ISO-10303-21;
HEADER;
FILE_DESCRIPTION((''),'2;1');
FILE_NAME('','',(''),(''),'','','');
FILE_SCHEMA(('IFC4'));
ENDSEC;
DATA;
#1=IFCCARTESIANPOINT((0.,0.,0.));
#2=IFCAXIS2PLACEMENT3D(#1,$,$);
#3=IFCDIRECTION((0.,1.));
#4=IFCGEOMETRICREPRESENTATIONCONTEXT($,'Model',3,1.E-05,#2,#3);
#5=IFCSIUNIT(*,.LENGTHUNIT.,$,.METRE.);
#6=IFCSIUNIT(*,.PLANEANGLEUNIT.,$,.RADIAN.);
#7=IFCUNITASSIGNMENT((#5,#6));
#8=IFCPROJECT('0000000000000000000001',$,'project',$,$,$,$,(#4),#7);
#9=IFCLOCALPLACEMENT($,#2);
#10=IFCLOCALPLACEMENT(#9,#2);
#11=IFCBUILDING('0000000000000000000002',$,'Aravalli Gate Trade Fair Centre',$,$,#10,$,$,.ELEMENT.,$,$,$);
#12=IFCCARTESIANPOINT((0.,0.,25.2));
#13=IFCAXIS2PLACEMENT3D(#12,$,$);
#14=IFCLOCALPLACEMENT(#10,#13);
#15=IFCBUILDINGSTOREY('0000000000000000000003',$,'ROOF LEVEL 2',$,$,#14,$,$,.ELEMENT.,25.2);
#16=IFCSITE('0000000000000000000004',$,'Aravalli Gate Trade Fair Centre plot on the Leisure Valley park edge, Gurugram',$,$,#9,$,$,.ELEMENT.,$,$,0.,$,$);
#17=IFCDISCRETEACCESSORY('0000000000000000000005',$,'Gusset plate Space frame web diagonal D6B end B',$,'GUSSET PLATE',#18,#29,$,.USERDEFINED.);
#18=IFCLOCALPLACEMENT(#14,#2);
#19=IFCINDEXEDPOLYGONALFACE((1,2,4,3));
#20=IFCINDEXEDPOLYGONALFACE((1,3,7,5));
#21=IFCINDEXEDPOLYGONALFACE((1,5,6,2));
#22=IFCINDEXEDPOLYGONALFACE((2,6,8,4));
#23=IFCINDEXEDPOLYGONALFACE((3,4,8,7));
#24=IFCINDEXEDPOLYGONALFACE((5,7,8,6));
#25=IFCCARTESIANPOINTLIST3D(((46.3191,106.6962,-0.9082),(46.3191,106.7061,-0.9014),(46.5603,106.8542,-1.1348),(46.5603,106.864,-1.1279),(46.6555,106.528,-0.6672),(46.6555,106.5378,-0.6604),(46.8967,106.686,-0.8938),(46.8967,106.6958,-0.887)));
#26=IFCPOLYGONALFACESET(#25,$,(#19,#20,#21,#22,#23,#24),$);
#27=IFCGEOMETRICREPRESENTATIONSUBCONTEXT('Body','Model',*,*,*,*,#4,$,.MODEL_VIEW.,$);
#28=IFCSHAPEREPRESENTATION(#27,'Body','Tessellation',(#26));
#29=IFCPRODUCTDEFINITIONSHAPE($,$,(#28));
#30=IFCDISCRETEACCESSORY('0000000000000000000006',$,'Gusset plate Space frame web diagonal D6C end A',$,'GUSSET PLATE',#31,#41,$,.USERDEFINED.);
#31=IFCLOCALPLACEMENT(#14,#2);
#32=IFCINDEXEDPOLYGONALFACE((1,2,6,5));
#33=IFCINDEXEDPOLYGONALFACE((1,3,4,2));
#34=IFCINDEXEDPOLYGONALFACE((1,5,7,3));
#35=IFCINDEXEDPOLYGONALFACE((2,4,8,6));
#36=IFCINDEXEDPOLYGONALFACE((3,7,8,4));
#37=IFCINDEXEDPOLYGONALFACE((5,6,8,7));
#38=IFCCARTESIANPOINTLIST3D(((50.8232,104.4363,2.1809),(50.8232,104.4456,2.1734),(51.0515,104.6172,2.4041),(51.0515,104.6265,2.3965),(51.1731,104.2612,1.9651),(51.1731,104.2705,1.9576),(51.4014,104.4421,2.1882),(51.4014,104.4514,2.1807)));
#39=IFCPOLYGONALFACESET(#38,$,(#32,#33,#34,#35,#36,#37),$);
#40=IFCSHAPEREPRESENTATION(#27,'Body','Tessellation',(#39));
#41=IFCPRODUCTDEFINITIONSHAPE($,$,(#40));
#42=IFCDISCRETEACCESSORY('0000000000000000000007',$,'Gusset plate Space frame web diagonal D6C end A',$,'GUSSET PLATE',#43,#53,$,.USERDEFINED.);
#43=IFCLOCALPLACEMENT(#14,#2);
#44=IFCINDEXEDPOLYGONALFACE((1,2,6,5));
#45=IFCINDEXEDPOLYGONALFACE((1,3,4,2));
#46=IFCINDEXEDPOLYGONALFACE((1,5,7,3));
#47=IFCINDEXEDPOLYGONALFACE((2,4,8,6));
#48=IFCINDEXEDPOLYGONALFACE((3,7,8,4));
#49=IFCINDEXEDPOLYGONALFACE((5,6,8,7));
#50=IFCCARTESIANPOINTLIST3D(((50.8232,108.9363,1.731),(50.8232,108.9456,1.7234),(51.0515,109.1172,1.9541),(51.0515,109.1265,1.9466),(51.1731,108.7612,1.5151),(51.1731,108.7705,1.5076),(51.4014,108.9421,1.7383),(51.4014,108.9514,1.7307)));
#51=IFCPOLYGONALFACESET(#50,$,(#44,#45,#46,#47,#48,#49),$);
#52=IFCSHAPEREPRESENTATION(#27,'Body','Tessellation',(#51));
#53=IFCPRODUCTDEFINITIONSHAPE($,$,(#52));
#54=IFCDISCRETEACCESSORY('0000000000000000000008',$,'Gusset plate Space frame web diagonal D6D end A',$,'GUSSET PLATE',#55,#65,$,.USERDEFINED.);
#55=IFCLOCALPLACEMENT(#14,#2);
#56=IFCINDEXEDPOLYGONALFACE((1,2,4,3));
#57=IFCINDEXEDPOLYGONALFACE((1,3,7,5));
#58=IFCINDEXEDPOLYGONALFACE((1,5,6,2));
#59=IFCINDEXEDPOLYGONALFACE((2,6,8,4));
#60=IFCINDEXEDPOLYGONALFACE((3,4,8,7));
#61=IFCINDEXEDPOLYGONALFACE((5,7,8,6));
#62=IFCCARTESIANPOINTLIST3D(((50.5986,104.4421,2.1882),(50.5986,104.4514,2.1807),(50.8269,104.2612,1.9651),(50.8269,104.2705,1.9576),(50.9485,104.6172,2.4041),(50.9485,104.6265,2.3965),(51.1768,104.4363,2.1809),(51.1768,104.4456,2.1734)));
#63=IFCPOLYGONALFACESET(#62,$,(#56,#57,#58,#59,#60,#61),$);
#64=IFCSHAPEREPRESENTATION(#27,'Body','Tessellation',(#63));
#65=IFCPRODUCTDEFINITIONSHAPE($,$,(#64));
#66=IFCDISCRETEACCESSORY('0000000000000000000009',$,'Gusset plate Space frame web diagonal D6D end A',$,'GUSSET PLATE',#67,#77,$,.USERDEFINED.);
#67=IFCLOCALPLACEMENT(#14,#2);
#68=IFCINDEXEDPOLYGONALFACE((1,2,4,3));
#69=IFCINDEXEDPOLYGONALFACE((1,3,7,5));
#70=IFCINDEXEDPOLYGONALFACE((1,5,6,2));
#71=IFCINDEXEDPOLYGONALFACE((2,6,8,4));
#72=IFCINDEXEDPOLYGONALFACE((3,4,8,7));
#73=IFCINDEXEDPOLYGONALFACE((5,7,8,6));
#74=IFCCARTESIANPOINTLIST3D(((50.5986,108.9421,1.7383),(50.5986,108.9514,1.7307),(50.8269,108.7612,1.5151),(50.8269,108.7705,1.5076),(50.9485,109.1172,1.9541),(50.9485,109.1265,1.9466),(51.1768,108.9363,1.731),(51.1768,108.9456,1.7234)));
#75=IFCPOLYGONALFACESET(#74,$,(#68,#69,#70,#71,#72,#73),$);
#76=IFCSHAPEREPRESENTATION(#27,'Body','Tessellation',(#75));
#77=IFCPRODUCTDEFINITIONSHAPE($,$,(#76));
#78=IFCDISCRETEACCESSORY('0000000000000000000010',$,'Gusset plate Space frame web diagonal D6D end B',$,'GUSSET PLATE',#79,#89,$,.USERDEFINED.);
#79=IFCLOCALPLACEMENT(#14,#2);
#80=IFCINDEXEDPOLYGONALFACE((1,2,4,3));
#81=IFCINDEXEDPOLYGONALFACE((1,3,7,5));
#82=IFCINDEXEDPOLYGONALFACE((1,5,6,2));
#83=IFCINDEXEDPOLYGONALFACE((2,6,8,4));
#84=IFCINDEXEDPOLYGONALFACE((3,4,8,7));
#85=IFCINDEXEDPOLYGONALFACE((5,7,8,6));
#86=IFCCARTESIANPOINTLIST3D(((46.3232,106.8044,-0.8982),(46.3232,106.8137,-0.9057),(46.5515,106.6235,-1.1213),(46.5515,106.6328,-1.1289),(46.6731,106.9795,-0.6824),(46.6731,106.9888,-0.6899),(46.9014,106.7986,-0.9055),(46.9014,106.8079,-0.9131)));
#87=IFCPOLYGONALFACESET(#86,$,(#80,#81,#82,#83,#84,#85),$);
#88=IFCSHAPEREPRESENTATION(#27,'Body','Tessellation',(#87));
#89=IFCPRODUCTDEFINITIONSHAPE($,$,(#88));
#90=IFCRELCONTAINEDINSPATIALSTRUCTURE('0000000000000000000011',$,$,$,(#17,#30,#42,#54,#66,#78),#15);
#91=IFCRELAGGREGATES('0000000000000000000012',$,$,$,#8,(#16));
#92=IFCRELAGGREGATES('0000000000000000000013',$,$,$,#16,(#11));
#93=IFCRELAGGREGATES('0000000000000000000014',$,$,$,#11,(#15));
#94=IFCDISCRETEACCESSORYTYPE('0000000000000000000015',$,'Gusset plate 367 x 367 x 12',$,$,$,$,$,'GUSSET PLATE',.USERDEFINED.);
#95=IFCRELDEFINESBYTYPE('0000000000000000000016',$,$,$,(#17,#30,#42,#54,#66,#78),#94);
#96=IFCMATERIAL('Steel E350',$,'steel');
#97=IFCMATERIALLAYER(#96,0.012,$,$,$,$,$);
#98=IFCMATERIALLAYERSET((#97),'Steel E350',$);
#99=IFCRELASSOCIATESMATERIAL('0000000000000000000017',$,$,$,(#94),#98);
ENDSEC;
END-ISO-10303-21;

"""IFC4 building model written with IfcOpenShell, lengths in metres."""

from ifc_helpers import new_model, si_unit, direction, frame, origin, place, context, subcontext, project, spatial, polyline, outline, extrude, material, layer, layer_set, type_object, element, save


model = new_model("IFC4")

# Units and contexts
model_context = context("Model", 3, precision=1e-05, world=origin(), true_north=direction((0.0, 1.0)))
body_context = subcontext(model_context, "Body", "Model", "MODEL_VIEW")
ifc_project = project(units=[si_unit("LENGTHUNIT", "METRE"), si_unit("PLANEANGLEUNIT", "RADIAN")], contexts=[model_context])

# Site, building, storey
site_placement = place(None, origin())
site = spatial("IfcSite", under=ifc_project, at=site_placement, Name="Aravalli Gate Trade Fair Centre plot on the Leisure Valley park edge, Gurugram", CompositionType="ELEMENT", RefElevation=0.0)
building_placement = place(site_placement, origin())
building = spatial("IfcBuilding", under=site, at=building_placement, Name="Aravalli Gate Trade Fair Centre", CompositionType="ELEMENT")
storey_placement = place(building_placement, frame((0.0, 0.0, 25.2)))
storey = spatial("IfcBuildingStorey", under=building, at=storey_placement, Name="ROOF LEVEL 2", CompositionType="ELEMENT", Elevation=25.2)

# Shared definitions
ifc_material_1 = material(Name="Steel E350", Category="steel")

# Discrete accessories
ifc_layer_1 = layer(ifc_material_1, 0.012)
ifc_layer_set_1 = layer_set([ifc_layer_1], Name="Steel E350")
discrete_accessory_type_1 = type_object("IfcDiscreteAccessoryType", Name="Gusset plate 367 x 367 x 12", ElementType="GUSSET PLATE", PredefinedType="USERDEFINED", material=ifc_layer_set_1)
discrete_accessory_1_placement = place(storey_placement, frame((46.6555, 106.5378, -0.6604), z_axis=(0.000292, 0.820164, 0.572128), x_axis=(-0.753132, 0.376566, -0.539435)))
element("IfcDiscreteAccessory", 1, at=discrete_accessory_1_placement, inside=storey, type_object=discrete_accessory_type_1, Name="Gusset plate Space frame web diagonal D6B end B", ObjectType="GUSSET PLATE", PredefinedType="USERDEFINED", context=body_context, shape_type="SweptSolid", body=[
    extrude(outline(polyline([(0.0, 0.0), (0.4467, 0.0), (0.4467, -0.3667), (0.0, -0.3667), (0.0, 0.0)])), origin(), (0.0, 0.0, -1.0), 0.012),
])
for number, where, z_axis, x_axis, name in (
    (2, (51.1731, 104.2612, 1.9651), (-0.000107, -0.776736, 0.629826), (-0.783044, 0.391795, 0.48305), "Gusset plate Space frame web diagonal D6C end A"),
    (3, (51.1731, 108.7612, 1.5151), (-0.000107, -0.776736, 0.629826), (-0.783044, 0.391795, 0.48305), "Gusset plate Space frame web diagonal D6C end A"),
):
    element("IfcDiscreteAccessory", number, at=place(storey_placement, frame(where, z_axis=z_axis, x_axis=x_axis)), inside=storey, type_object=discrete_accessory_type_1, Name=name, ObjectType="GUSSET PLATE", PredefinedType="USERDEFINED", context=body_context, shape_type="SweptSolid", body=[
        extrude(outline(polyline([(0.0, 0.0), (0.4468, 0.0), (0.4467, -0.3669), (-0.0001, -0.3669), (0.0, 0.0)])), origin(), (0.0, 0.0, -1.0), 0.012),
    ])
for number, where, z_axis, x_axis, name in (
    (4, (50.5986, 104.4421, 2.1882), (0.000107, -0.776736, 0.629826), (0.783044, 0.391795, 0.48305), "Gusset plate Space frame web diagonal D6D end A"),
    (5, (50.5986, 108.9421, 1.7383), (0.000107, -0.776736, 0.629826), (0.783044, 0.391795, 0.48305), "Gusset plate Space frame web diagonal D6D end A"),
):
    element("IfcDiscreteAccessory", number, at=place(storey_placement, frame(where, z_axis=z_axis, x_axis=x_axis)), inside=storey, type_object=discrete_accessory_type_1, Name=name, ObjectType="GUSSET PLATE", PredefinedType="USERDEFINED", context=body_context, shape_type="SweptSolid", body=[
        extrude(outline(polyline([(0.0, 0.0), (0.4468, 0.0), (0.4469, -0.3669), (0.0001, -0.3669), (0.0, 0.0)])), origin(), (0.0, 0.0, -1.0), 0.012),
    ])
discrete_accessory_2_placement = place(storey_placement, frame((46.6731, 106.9795, -0.6824), z_axis=(0.000107, -0.776736, 0.629826), x_axis=(-0.783044, -0.391795, -0.48305)))
element("IfcDiscreteAccessory", 6, at=discrete_accessory_2_placement, inside=storey, type_object=discrete_accessory_type_1, Name="Gusset plate Space frame web diagonal D6D end B", ObjectType="GUSSET PLATE", PredefinedType="USERDEFINED", context=body_context, shape_type="SweptSolid", body=[
    extrude(outline(polyline([(0.0, 0.0), (0.4468, 0.0), (0.4467, 0.3669), (-0.0001, 0.3669), (0.0, 0.0)])), origin(), (0.0, 0.0, -1.0), 0.012),
])

save(model, "model.ifc")
